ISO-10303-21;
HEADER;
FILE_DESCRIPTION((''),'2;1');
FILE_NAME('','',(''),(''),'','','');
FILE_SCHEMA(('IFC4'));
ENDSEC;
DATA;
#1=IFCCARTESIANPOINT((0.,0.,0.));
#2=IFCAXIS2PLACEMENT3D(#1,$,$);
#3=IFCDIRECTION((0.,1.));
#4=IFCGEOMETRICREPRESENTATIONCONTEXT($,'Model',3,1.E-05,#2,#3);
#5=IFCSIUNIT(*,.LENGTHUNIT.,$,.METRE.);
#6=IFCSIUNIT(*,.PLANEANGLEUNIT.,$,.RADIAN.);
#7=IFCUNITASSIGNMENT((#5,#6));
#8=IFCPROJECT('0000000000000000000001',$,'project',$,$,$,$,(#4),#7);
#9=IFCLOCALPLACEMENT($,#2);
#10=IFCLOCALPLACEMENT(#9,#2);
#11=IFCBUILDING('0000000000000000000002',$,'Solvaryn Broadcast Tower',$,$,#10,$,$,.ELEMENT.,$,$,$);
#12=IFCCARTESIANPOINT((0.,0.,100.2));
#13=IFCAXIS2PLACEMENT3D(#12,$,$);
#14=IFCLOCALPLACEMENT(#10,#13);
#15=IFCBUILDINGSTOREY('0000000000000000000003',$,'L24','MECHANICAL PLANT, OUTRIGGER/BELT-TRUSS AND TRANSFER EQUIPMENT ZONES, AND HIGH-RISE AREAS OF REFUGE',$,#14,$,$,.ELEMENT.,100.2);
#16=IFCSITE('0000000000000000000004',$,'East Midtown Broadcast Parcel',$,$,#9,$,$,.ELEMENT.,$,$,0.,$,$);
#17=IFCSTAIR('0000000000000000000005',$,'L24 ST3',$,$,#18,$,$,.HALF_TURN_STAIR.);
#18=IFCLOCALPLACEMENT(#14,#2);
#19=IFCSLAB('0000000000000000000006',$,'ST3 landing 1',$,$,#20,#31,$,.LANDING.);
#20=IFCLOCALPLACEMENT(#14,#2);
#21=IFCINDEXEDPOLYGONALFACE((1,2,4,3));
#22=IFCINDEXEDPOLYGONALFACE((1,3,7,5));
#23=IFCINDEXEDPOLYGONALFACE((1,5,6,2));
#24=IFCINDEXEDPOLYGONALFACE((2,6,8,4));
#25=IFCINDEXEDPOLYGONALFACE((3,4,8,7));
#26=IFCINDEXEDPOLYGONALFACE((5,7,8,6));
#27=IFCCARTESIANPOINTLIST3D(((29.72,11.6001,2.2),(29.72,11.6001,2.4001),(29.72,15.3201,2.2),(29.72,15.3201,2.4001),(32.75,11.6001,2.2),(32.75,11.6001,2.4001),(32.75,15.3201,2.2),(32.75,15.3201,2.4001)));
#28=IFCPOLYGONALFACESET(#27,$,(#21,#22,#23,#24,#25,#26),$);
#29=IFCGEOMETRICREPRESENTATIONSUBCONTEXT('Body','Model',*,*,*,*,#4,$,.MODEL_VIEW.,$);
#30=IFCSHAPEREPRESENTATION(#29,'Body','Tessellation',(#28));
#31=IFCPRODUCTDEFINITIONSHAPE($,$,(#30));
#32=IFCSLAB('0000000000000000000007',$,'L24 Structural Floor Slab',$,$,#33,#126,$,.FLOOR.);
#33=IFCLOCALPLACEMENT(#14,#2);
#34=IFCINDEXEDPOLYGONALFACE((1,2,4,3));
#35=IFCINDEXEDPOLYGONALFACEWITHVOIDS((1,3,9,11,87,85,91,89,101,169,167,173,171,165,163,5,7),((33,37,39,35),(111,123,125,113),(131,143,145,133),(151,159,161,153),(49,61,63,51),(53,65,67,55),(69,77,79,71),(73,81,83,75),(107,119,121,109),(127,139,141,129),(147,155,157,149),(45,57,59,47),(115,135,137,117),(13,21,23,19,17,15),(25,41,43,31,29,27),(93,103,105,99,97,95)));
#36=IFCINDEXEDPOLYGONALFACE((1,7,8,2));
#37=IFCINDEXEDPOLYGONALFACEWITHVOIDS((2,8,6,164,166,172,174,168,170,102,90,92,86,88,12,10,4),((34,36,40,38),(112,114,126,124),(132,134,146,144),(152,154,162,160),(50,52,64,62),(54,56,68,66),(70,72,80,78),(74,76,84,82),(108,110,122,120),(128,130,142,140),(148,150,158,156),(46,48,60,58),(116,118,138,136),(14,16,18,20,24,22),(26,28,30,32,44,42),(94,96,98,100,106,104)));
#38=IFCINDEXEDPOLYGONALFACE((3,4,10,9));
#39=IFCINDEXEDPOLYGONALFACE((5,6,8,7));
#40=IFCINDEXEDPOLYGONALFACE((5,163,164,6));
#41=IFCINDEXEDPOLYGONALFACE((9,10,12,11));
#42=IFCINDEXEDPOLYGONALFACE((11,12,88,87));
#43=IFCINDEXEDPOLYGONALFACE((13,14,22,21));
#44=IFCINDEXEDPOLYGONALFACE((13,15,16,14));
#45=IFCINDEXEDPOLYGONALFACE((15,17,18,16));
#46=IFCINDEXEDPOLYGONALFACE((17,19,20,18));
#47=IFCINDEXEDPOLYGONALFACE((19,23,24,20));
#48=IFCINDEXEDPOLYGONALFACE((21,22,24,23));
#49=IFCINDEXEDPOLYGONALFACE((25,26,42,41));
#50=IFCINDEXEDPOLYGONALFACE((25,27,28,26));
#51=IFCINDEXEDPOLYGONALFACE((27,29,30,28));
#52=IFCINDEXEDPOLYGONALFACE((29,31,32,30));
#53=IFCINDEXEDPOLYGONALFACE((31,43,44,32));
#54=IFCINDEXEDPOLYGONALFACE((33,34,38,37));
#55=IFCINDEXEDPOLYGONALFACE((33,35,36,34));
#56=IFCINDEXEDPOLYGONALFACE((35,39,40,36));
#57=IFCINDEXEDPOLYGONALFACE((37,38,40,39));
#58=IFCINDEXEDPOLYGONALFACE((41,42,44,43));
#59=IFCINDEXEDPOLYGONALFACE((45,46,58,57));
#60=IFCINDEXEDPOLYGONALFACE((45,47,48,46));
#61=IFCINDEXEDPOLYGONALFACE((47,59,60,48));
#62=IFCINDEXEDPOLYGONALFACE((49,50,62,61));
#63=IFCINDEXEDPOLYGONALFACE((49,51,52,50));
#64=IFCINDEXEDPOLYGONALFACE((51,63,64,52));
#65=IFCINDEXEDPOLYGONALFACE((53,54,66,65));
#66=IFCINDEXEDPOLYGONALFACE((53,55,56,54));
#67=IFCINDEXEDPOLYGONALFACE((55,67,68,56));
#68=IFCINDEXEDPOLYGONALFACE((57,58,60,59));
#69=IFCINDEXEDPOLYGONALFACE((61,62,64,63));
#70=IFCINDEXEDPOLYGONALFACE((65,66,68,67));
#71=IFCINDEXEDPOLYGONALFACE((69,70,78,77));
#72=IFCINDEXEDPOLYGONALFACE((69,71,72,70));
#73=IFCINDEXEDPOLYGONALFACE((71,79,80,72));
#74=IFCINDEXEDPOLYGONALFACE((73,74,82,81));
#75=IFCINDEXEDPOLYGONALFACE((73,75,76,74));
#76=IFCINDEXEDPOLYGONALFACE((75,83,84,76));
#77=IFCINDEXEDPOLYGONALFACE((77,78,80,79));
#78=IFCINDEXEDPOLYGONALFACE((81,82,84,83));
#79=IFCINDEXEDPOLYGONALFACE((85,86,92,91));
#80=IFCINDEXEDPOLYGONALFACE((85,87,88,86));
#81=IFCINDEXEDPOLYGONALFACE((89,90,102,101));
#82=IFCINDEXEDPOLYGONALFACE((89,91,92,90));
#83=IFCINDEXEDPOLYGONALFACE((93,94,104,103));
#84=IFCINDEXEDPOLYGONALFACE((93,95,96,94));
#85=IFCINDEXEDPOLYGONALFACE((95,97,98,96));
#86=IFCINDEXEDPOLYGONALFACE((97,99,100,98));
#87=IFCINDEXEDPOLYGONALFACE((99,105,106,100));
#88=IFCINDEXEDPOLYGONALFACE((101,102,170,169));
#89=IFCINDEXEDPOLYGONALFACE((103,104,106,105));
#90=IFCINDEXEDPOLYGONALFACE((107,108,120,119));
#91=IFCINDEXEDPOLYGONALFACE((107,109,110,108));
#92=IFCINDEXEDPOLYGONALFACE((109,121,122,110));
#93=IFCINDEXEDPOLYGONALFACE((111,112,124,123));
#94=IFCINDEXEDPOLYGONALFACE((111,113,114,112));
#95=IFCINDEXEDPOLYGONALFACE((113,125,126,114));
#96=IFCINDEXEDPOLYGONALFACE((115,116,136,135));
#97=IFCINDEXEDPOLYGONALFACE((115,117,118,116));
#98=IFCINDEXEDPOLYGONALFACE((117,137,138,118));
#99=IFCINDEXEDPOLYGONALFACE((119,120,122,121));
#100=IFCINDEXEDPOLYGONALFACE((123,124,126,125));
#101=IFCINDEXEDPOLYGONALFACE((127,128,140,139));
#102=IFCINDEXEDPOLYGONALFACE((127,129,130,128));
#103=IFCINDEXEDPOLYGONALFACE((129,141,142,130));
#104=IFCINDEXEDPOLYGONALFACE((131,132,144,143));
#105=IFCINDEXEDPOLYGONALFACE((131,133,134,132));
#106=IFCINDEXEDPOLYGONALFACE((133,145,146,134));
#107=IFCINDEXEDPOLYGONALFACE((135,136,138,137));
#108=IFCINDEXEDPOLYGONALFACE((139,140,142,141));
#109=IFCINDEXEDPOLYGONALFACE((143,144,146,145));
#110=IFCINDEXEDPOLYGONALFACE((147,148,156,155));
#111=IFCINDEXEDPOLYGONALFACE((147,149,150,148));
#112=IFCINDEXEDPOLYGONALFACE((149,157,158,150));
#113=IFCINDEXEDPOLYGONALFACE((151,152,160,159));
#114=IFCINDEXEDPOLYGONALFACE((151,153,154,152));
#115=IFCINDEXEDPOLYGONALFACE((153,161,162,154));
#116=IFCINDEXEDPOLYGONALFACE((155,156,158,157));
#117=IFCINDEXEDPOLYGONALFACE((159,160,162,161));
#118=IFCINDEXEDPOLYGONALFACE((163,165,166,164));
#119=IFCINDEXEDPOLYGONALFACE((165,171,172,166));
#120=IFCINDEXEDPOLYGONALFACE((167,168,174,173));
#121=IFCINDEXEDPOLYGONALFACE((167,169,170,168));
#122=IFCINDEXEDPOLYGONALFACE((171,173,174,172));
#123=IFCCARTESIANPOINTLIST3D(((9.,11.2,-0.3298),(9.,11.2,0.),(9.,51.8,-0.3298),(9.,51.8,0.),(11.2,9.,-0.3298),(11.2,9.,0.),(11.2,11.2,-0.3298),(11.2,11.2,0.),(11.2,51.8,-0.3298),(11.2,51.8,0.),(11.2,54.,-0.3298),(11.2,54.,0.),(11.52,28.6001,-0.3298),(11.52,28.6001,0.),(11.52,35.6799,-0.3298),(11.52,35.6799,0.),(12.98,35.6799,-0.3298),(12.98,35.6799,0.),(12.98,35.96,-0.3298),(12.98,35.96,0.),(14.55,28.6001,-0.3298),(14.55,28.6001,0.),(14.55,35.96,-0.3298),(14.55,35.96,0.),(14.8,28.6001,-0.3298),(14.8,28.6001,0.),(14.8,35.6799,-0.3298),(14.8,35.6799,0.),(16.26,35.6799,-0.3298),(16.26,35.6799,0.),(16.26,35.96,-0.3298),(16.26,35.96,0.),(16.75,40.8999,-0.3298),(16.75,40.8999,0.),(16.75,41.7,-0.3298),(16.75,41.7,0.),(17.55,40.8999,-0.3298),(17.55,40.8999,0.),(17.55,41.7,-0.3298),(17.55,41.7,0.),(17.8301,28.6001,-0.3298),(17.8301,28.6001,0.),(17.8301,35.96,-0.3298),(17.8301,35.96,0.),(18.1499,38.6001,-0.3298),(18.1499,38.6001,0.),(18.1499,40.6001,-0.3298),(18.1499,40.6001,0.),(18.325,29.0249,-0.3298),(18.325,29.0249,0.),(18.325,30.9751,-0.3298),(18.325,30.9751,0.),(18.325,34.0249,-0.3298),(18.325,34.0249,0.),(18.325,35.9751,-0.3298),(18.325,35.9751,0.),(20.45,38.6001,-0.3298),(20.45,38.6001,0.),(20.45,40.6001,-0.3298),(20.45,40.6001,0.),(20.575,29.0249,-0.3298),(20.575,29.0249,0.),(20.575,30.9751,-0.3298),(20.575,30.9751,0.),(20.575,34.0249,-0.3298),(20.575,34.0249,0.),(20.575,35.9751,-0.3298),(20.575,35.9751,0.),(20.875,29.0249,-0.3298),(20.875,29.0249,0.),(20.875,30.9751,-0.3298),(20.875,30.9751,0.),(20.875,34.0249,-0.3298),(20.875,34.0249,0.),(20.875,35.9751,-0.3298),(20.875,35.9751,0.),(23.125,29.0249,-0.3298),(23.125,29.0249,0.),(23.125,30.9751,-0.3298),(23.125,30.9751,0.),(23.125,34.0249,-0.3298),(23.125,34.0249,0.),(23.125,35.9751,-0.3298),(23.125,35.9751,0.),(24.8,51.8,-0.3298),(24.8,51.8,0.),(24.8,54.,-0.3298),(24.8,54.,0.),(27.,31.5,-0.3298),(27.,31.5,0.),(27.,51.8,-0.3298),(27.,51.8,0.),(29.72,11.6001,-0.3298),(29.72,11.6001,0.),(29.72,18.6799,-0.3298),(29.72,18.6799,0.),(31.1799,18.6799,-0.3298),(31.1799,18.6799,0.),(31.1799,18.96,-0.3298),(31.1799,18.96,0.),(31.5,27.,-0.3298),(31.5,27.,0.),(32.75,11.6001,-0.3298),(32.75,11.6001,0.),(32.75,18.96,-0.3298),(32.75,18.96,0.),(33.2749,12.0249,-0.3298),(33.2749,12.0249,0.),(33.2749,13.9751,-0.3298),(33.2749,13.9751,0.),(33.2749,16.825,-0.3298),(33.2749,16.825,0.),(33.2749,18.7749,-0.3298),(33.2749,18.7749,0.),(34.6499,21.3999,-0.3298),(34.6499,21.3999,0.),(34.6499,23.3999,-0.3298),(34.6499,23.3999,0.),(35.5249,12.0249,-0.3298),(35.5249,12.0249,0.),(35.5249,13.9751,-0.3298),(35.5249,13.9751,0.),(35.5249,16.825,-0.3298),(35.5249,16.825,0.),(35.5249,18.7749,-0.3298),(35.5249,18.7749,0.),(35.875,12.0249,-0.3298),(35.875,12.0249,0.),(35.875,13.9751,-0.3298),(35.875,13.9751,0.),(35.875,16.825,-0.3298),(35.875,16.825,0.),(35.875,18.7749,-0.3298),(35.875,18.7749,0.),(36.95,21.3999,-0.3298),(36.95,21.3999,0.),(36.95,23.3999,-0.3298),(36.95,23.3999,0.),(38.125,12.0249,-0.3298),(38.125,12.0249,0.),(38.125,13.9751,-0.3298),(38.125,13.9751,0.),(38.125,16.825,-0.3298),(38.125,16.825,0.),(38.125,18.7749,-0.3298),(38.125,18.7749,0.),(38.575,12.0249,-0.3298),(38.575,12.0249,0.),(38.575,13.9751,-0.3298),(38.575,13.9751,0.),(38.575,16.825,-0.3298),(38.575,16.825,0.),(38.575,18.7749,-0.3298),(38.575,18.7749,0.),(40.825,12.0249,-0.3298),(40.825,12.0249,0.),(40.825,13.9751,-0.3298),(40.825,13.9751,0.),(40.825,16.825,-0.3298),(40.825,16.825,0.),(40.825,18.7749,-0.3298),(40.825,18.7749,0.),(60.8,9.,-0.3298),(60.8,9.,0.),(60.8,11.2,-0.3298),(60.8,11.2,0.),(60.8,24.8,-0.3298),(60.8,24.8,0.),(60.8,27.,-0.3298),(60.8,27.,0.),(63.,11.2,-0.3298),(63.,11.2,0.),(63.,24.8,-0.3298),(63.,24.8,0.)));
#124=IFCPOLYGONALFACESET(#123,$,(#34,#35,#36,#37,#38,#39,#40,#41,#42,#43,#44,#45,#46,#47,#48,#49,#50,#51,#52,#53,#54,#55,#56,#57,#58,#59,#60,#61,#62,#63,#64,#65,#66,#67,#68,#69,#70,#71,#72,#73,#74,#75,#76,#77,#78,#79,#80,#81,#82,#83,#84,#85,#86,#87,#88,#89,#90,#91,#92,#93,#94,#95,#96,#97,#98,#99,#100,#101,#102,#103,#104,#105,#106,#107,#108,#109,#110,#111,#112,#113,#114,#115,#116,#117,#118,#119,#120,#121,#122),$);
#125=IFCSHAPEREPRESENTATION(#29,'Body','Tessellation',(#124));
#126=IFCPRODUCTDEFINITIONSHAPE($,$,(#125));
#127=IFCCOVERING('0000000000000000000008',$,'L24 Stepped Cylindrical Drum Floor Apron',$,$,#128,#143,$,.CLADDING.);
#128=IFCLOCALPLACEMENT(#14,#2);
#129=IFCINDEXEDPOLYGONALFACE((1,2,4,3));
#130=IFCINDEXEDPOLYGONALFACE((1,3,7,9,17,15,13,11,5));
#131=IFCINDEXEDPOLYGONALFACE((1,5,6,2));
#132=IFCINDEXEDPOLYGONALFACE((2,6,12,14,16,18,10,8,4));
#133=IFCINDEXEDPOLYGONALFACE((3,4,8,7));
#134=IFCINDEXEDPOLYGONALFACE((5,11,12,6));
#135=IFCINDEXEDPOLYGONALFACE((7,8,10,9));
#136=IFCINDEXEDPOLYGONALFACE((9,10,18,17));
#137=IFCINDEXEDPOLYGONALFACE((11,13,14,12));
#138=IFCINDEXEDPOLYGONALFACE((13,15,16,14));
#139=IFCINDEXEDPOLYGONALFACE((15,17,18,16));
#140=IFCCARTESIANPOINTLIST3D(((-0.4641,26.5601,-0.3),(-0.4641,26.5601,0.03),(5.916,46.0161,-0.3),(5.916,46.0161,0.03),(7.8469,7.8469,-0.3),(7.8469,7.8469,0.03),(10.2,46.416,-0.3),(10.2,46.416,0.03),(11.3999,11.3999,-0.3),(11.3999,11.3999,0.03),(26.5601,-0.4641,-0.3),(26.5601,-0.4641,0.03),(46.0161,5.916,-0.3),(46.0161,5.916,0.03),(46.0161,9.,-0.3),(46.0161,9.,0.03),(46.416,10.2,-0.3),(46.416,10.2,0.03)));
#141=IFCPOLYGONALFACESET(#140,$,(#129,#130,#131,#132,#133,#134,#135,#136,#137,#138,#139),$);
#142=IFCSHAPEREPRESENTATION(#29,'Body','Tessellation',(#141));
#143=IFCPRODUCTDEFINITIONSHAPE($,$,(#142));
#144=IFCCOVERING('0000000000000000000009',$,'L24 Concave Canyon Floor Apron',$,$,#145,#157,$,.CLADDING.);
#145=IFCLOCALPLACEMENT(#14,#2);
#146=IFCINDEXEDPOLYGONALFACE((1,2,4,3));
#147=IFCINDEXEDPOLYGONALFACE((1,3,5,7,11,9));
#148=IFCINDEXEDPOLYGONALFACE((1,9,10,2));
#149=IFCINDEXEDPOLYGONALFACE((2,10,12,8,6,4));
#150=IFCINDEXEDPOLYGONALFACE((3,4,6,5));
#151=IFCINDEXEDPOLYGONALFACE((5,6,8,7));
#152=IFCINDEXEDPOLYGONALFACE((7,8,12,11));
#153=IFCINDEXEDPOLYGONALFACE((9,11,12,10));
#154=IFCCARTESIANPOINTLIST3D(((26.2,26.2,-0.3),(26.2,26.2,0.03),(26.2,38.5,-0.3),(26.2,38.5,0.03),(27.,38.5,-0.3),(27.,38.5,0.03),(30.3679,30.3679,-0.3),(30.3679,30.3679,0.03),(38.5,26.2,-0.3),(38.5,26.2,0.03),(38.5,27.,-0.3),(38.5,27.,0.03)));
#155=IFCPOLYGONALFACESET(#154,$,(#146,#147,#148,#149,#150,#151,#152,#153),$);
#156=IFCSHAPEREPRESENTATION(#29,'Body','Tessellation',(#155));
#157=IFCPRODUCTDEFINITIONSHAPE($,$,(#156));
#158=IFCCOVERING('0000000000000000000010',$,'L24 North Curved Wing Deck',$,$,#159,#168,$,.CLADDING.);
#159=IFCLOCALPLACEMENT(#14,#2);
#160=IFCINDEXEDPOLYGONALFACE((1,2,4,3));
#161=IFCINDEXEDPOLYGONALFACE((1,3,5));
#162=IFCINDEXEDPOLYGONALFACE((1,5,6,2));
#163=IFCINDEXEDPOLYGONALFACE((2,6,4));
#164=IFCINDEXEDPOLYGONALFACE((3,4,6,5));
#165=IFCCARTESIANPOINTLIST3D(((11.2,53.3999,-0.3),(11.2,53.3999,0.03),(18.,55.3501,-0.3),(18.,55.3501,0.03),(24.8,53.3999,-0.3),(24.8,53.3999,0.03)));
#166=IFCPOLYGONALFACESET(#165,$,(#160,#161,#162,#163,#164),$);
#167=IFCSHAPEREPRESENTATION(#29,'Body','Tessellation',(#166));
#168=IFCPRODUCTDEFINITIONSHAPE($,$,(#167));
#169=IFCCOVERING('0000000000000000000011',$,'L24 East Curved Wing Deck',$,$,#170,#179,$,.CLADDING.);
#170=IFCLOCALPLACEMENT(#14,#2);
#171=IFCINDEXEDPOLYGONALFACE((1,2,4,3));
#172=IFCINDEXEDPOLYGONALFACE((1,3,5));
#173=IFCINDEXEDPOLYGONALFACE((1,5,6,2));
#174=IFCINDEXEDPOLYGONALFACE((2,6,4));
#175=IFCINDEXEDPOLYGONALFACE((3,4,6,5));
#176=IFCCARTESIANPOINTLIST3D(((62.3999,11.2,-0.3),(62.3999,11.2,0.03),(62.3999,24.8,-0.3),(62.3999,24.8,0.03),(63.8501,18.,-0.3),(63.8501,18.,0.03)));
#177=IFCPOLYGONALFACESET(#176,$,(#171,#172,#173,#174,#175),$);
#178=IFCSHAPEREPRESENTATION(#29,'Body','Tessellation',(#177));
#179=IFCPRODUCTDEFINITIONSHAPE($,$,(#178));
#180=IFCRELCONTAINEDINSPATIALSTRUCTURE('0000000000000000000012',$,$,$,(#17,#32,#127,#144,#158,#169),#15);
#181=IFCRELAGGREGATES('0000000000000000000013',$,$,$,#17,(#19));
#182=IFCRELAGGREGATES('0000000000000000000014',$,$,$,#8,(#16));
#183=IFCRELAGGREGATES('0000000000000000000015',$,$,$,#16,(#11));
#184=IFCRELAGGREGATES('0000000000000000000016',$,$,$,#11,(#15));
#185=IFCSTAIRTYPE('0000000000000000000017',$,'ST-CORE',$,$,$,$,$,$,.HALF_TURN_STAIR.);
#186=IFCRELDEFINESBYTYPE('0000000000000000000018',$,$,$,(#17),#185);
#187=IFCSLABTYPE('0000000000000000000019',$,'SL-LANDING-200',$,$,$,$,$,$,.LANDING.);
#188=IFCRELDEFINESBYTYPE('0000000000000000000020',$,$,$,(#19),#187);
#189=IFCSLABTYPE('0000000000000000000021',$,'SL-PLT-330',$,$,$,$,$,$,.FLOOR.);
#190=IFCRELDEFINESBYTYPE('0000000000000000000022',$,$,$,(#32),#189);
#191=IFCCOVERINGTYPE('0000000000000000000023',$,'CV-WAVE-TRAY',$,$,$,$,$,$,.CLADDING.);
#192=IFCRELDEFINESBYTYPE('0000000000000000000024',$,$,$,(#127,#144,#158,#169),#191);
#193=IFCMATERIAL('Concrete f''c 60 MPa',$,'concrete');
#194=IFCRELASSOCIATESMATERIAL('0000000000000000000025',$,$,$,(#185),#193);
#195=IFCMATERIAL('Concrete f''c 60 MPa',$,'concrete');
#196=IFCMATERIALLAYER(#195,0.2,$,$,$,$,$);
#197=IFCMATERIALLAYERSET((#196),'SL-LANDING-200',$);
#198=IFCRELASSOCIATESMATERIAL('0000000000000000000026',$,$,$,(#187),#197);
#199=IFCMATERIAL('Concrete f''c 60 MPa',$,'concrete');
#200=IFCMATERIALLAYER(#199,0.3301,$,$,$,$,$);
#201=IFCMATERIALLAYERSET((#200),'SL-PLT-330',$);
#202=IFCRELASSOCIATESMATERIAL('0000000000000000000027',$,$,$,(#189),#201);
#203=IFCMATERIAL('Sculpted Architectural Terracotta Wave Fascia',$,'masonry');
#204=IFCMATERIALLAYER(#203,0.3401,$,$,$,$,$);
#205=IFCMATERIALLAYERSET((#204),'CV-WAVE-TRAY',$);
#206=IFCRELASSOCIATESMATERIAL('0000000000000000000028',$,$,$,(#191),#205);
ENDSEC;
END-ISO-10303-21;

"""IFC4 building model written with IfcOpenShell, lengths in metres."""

from ifc_helpers import new_model, si_unit, direction, frame, origin, place, context, subcontext, project, spatial, polyline, outline, extrude, material, layer, layer_set, type_object, element, aggregate, save


model = new_model("IFC4")

# Units and contexts
model_context = context("Model", 3, precision=1e-05, world=origin(), true_north=direction((0.0, 1.0)))
body_context = subcontext(model_context, "Body", "Model", "MODEL_VIEW")
ifc_project = project(units=[si_unit("LENGTHUNIT", "METRE"), si_unit("PLANEANGLEUNIT", "RADIAN")], contexts=[model_context])

# Site, building, storey
site_placement = place(None, origin())
site = spatial("IfcSite", under=ifc_project, at=site_placement, Name="East Midtown Broadcast Parcel", CompositionType="ELEMENT", RefElevation=0.0)
building_placement = place(site_placement, origin())
building = spatial("IfcBuilding", under=site, at=building_placement, Name="Solvaryn Broadcast Tower", CompositionType="ELEMENT")
storey_placement = place(building_placement, frame((0.0, 0.0, 100.2)))
storey = spatial("IfcBuildingStorey", under=building, at=storey_placement, Name="L24", Description="MECHANICAL PLANT, OUTRIGGER/BELT-TRUSS AND TRANSFER EQUIPMENT ZONES, AND HIGH-RISE AREAS OF REFUGE", CompositionType="ELEMENT", Elevation=100.2)

# Stair, slab
ifc_material_1 = material(Name="Concrete f'c 60 MPa", Category="concrete")
stair_type = type_object("IfcStairType", Name="ST-CORE", PredefinedType="HALF_TURN_STAIR", material=ifc_material_1)
ifc_material_2 = material(Name="Concrete f'c 60 MPa", Category="concrete")
ifc_layer_1 = layer(ifc_material_2, 0.2)
ifc_layer_set_1 = layer_set([ifc_layer_1], Name="SL-LANDING-200")
slab_type_1 = type_object("IfcSlabType", Name="SL-LANDING-200", PredefinedType="LANDING", material=ifc_layer_set_1)
stair_1_placement = place(storey_placement, origin())
stair_1 = element("IfcStair", 1, at=stair_1_placement, inside=storey, type_object=stair_type, Name="L24 ST3", PredefinedType="HALF_TURN_STAIR")
slab_1_placement = place(storey_placement, frame((0.0, 0.0, 2.2)))
slab_1 = element("IfcSlab", 2, at=slab_1_placement, type_object=slab_type_1, Name="ST3 landing 1", PredefinedType="LANDING", context=body_context, shape_type="SweptSolid", body=[
    extrude(outline(polyline([(29.72, 15.3201), (29.72, 11.6001), (32.75, 11.6001), (32.75, 15.3201), (29.72, 15.3201)])), origin(), (0.0, 0.0, 1.0), 0.2002),
])
aggregate(stair_1, [slab_1])

# Slab
ifc_material_3 = material(Name="Concrete f'c 60 MPa", Category="concrete")
ifc_layer_2 = layer(ifc_material_3, 0.3301)
ifc_layer_set_2 = layer_set([ifc_layer_2], Name="SL-PLT-330")
slab_type_2 = type_object("IfcSlabType", Name="SL-PLT-330", PredefinedType="FLOOR", material=ifc_layer_set_2)
slab_2_placement = place(storey_placement, frame((0.0, 0.0, -0.3298)))
element("IfcSlab", 3, at=slab_2_placement, inside=storey, type_object=slab_type_2, Name="L24 Structural Floor Slab", PredefinedType="FLOOR", context=body_context, shape_type="SweptSolid", body=[
    extrude(outline(polyline([(11.2, 9.0), (60.8, 9.0), (60.8, 11.2), (63.0, 11.2), (63.0, 24.8), (60.8, 24.8), (60.8, 27.0), (31.5, 27.0), (27.0, 31.5), (27.0, 51.8), (24.8, 51.8), (24.8, 54.0), (11.2, 54.0), (11.2, 51.8), (9.0, 51.8), (9.0, 11.2), (11.2, 11.2), (11.2, 9.0)]), holes=[polyline([(11.52, 28.6001), (14.55, 28.6001), (14.55, 35.96), (12.98, 35.96), (12.98, 35.6799), (11.52, 35.6799), (11.52, 28.6001)]), polyline([(14.8, 28.6001), (17.8301, 28.6001), (17.8301, 35.96), (16.26, 35.96), (16.26, 35.6799), (14.8, 35.6799), (14.8, 28.6001)]), polyline([(29.72, 11.6001), (32.75, 11.6001), (32.75, 18.96), (31.1799, 18.96), (31.1799, 18.6799), (29.72, 18.6799), (29.72, 11.6001)]), polyline([(18.1499, 38.6001), (20.45, 38.6001), (20.45, 40.6001), (18.1499, 40.6001), (18.1499, 38.6001)]), polyline([(18.325, 29.0249), (20.575, 29.0249), (20.575, 30.9751), (18.325, 30.9751), (18.325, 29.0249)]), polyline([(20.875, 29.0249), (23.125, 29.0249), (23.125, 30.9751), (20.875, 30.9751), (20.875, 29.0249)]), polyline([(18.325, 34.0249), (20.575, 34.0249), (20.575, 35.9751), (18.325, 35.9751), (18.325, 34.0249)]), polyline([(20.875, 34.0249), (23.125, 34.0249), (23.125, 35.9751), (20.875, 35.9751), (20.875, 34.0249)]), polyline([(34.6499, 21.3999), (36.95, 21.3999), (36.95, 23.3999), (34.6499, 23.3999), (34.6499, 21.3999)]), polyline([(33.2749, 12.0249), (35.5249, 12.0249), (35.5249, 13.9751), (33.2749, 13.9751), (33.2749, 12.0249)]), polyline([(35.875, 12.0249), (38.125, 12.0249), (38.125, 13.9751), (35.875, 13.9751), (35.875, 12.0249)]), polyline([(33.2749, 16.825), (35.5249, 16.825), (35.5249, 18.7749), (33.2749, 18.7749), (33.2749, 16.825)]), polyline([(35.875, 16.825), (38.125, 16.825), (38.125, 18.7749), (35.875, 18.7749), (35.875, 16.825)]), polyline([(38.575, 12.0249), (40.825, 12.0249), (40.825, 13.9751), (38.575, 13.9751), (38.575, 12.0249)]), polyline([(38.575, 16.825), (40.825, 16.825), (40.825, 18.7749), (38.575, 18.7749), (38.575, 16.825)]), polyline([(16.75, 40.8999), (17.55, 40.8999), (17.55, 41.7), (16.75, 41.7), (16.75, 40.8999)])]), origin(), (0.0, 0.0, 1.0), 0.3298),
])

# Coverings
ifc_material_4 = material(Name="Sculpted Architectural Terracotta Wave Fascia", Category="masonry")
ifc_layer_3 = layer(ifc_material_4, 0.3401)
ifc_layer_set_3 = layer_set([ifc_layer_3], Name="CV-WAVE-TRAY")
covering_type = type_object("IfcCoveringType", Name="CV-WAVE-TRAY", PredefinedType="CLADDING", material=ifc_layer_set_3)
covering_1_placement = place(storey_placement, frame((0.0, 0.0, -0.3)))
element("IfcCovering", 4, at=covering_1_placement, inside=storey, type_object=covering_type, Name="L24 Stepped Cylindrical Drum Floor Apron", PredefinedType="CLADDING", context=body_context, shape_type="SweptSolid", body=[
    extrude(outline(polyline([(10.2, 46.416), (5.916, 46.0161), (-0.4641, 26.5601), (7.8469, 7.8469), (26.5601, -0.4641), (46.0161, 5.916), (46.0161, 9.0), (46.416, 10.2), (11.3999, 11.3999), (10.2, 46.416)])), origin(), (0.0, 0.0, 1.0), 0.3301),
])
covering_2_placement = place(storey_placement, frame((0.0, 0.0, -0.3)))
element("IfcCovering", 5, at=covering_2_placement, inside=storey, type_object=covering_type, Name="L24 Concave Canyon Floor Apron", PredefinedType="CLADDING", context=body_context, shape_type="SweptSolid", body=[
    extrude(outline(polyline([(26.2, 26.2), (38.5, 26.2), (38.5, 27.0), (30.3679, 30.3679), (27.0, 38.5), (26.2, 38.5), (26.2, 26.2)])), origin(), (0.0, 0.0, 1.0), 0.3301),
])
covering_3_placement = place(storey_placement, frame((0.0, 0.0, -0.3)))
element("IfcCovering", 6, at=covering_3_placement, inside=storey, type_object=covering_type, Name="L24 North Curved Wing Deck", PredefinedType="CLADDING", context=body_context, shape_type="SweptSolid", body=[
    extrude(outline(polyline([(11.2, 53.3999), (24.8, 53.3999), (18.0, 55.3501), (11.2, 53.3999)])), origin(), (0.0, 0.0, 1.0), 0.3301),
])
covering_4_placement = place(storey_placement, frame((0.0, 0.0, -0.3)))
element("IfcCovering", 7, at=covering_4_placement, inside=storey, type_object=covering_type, Name="L24 East Curved Wing Deck", PredefinedType="CLADDING", context=body_context, shape_type="SweptSolid", body=[
    extrude(outline(polyline([(62.3999, 11.2), (63.8501, 18.0), (62.3999, 24.8), (62.3999, 11.2)])), origin(), (0.0, 0.0, 1.0), 0.3301),
])

save(model, "model.ifc")
